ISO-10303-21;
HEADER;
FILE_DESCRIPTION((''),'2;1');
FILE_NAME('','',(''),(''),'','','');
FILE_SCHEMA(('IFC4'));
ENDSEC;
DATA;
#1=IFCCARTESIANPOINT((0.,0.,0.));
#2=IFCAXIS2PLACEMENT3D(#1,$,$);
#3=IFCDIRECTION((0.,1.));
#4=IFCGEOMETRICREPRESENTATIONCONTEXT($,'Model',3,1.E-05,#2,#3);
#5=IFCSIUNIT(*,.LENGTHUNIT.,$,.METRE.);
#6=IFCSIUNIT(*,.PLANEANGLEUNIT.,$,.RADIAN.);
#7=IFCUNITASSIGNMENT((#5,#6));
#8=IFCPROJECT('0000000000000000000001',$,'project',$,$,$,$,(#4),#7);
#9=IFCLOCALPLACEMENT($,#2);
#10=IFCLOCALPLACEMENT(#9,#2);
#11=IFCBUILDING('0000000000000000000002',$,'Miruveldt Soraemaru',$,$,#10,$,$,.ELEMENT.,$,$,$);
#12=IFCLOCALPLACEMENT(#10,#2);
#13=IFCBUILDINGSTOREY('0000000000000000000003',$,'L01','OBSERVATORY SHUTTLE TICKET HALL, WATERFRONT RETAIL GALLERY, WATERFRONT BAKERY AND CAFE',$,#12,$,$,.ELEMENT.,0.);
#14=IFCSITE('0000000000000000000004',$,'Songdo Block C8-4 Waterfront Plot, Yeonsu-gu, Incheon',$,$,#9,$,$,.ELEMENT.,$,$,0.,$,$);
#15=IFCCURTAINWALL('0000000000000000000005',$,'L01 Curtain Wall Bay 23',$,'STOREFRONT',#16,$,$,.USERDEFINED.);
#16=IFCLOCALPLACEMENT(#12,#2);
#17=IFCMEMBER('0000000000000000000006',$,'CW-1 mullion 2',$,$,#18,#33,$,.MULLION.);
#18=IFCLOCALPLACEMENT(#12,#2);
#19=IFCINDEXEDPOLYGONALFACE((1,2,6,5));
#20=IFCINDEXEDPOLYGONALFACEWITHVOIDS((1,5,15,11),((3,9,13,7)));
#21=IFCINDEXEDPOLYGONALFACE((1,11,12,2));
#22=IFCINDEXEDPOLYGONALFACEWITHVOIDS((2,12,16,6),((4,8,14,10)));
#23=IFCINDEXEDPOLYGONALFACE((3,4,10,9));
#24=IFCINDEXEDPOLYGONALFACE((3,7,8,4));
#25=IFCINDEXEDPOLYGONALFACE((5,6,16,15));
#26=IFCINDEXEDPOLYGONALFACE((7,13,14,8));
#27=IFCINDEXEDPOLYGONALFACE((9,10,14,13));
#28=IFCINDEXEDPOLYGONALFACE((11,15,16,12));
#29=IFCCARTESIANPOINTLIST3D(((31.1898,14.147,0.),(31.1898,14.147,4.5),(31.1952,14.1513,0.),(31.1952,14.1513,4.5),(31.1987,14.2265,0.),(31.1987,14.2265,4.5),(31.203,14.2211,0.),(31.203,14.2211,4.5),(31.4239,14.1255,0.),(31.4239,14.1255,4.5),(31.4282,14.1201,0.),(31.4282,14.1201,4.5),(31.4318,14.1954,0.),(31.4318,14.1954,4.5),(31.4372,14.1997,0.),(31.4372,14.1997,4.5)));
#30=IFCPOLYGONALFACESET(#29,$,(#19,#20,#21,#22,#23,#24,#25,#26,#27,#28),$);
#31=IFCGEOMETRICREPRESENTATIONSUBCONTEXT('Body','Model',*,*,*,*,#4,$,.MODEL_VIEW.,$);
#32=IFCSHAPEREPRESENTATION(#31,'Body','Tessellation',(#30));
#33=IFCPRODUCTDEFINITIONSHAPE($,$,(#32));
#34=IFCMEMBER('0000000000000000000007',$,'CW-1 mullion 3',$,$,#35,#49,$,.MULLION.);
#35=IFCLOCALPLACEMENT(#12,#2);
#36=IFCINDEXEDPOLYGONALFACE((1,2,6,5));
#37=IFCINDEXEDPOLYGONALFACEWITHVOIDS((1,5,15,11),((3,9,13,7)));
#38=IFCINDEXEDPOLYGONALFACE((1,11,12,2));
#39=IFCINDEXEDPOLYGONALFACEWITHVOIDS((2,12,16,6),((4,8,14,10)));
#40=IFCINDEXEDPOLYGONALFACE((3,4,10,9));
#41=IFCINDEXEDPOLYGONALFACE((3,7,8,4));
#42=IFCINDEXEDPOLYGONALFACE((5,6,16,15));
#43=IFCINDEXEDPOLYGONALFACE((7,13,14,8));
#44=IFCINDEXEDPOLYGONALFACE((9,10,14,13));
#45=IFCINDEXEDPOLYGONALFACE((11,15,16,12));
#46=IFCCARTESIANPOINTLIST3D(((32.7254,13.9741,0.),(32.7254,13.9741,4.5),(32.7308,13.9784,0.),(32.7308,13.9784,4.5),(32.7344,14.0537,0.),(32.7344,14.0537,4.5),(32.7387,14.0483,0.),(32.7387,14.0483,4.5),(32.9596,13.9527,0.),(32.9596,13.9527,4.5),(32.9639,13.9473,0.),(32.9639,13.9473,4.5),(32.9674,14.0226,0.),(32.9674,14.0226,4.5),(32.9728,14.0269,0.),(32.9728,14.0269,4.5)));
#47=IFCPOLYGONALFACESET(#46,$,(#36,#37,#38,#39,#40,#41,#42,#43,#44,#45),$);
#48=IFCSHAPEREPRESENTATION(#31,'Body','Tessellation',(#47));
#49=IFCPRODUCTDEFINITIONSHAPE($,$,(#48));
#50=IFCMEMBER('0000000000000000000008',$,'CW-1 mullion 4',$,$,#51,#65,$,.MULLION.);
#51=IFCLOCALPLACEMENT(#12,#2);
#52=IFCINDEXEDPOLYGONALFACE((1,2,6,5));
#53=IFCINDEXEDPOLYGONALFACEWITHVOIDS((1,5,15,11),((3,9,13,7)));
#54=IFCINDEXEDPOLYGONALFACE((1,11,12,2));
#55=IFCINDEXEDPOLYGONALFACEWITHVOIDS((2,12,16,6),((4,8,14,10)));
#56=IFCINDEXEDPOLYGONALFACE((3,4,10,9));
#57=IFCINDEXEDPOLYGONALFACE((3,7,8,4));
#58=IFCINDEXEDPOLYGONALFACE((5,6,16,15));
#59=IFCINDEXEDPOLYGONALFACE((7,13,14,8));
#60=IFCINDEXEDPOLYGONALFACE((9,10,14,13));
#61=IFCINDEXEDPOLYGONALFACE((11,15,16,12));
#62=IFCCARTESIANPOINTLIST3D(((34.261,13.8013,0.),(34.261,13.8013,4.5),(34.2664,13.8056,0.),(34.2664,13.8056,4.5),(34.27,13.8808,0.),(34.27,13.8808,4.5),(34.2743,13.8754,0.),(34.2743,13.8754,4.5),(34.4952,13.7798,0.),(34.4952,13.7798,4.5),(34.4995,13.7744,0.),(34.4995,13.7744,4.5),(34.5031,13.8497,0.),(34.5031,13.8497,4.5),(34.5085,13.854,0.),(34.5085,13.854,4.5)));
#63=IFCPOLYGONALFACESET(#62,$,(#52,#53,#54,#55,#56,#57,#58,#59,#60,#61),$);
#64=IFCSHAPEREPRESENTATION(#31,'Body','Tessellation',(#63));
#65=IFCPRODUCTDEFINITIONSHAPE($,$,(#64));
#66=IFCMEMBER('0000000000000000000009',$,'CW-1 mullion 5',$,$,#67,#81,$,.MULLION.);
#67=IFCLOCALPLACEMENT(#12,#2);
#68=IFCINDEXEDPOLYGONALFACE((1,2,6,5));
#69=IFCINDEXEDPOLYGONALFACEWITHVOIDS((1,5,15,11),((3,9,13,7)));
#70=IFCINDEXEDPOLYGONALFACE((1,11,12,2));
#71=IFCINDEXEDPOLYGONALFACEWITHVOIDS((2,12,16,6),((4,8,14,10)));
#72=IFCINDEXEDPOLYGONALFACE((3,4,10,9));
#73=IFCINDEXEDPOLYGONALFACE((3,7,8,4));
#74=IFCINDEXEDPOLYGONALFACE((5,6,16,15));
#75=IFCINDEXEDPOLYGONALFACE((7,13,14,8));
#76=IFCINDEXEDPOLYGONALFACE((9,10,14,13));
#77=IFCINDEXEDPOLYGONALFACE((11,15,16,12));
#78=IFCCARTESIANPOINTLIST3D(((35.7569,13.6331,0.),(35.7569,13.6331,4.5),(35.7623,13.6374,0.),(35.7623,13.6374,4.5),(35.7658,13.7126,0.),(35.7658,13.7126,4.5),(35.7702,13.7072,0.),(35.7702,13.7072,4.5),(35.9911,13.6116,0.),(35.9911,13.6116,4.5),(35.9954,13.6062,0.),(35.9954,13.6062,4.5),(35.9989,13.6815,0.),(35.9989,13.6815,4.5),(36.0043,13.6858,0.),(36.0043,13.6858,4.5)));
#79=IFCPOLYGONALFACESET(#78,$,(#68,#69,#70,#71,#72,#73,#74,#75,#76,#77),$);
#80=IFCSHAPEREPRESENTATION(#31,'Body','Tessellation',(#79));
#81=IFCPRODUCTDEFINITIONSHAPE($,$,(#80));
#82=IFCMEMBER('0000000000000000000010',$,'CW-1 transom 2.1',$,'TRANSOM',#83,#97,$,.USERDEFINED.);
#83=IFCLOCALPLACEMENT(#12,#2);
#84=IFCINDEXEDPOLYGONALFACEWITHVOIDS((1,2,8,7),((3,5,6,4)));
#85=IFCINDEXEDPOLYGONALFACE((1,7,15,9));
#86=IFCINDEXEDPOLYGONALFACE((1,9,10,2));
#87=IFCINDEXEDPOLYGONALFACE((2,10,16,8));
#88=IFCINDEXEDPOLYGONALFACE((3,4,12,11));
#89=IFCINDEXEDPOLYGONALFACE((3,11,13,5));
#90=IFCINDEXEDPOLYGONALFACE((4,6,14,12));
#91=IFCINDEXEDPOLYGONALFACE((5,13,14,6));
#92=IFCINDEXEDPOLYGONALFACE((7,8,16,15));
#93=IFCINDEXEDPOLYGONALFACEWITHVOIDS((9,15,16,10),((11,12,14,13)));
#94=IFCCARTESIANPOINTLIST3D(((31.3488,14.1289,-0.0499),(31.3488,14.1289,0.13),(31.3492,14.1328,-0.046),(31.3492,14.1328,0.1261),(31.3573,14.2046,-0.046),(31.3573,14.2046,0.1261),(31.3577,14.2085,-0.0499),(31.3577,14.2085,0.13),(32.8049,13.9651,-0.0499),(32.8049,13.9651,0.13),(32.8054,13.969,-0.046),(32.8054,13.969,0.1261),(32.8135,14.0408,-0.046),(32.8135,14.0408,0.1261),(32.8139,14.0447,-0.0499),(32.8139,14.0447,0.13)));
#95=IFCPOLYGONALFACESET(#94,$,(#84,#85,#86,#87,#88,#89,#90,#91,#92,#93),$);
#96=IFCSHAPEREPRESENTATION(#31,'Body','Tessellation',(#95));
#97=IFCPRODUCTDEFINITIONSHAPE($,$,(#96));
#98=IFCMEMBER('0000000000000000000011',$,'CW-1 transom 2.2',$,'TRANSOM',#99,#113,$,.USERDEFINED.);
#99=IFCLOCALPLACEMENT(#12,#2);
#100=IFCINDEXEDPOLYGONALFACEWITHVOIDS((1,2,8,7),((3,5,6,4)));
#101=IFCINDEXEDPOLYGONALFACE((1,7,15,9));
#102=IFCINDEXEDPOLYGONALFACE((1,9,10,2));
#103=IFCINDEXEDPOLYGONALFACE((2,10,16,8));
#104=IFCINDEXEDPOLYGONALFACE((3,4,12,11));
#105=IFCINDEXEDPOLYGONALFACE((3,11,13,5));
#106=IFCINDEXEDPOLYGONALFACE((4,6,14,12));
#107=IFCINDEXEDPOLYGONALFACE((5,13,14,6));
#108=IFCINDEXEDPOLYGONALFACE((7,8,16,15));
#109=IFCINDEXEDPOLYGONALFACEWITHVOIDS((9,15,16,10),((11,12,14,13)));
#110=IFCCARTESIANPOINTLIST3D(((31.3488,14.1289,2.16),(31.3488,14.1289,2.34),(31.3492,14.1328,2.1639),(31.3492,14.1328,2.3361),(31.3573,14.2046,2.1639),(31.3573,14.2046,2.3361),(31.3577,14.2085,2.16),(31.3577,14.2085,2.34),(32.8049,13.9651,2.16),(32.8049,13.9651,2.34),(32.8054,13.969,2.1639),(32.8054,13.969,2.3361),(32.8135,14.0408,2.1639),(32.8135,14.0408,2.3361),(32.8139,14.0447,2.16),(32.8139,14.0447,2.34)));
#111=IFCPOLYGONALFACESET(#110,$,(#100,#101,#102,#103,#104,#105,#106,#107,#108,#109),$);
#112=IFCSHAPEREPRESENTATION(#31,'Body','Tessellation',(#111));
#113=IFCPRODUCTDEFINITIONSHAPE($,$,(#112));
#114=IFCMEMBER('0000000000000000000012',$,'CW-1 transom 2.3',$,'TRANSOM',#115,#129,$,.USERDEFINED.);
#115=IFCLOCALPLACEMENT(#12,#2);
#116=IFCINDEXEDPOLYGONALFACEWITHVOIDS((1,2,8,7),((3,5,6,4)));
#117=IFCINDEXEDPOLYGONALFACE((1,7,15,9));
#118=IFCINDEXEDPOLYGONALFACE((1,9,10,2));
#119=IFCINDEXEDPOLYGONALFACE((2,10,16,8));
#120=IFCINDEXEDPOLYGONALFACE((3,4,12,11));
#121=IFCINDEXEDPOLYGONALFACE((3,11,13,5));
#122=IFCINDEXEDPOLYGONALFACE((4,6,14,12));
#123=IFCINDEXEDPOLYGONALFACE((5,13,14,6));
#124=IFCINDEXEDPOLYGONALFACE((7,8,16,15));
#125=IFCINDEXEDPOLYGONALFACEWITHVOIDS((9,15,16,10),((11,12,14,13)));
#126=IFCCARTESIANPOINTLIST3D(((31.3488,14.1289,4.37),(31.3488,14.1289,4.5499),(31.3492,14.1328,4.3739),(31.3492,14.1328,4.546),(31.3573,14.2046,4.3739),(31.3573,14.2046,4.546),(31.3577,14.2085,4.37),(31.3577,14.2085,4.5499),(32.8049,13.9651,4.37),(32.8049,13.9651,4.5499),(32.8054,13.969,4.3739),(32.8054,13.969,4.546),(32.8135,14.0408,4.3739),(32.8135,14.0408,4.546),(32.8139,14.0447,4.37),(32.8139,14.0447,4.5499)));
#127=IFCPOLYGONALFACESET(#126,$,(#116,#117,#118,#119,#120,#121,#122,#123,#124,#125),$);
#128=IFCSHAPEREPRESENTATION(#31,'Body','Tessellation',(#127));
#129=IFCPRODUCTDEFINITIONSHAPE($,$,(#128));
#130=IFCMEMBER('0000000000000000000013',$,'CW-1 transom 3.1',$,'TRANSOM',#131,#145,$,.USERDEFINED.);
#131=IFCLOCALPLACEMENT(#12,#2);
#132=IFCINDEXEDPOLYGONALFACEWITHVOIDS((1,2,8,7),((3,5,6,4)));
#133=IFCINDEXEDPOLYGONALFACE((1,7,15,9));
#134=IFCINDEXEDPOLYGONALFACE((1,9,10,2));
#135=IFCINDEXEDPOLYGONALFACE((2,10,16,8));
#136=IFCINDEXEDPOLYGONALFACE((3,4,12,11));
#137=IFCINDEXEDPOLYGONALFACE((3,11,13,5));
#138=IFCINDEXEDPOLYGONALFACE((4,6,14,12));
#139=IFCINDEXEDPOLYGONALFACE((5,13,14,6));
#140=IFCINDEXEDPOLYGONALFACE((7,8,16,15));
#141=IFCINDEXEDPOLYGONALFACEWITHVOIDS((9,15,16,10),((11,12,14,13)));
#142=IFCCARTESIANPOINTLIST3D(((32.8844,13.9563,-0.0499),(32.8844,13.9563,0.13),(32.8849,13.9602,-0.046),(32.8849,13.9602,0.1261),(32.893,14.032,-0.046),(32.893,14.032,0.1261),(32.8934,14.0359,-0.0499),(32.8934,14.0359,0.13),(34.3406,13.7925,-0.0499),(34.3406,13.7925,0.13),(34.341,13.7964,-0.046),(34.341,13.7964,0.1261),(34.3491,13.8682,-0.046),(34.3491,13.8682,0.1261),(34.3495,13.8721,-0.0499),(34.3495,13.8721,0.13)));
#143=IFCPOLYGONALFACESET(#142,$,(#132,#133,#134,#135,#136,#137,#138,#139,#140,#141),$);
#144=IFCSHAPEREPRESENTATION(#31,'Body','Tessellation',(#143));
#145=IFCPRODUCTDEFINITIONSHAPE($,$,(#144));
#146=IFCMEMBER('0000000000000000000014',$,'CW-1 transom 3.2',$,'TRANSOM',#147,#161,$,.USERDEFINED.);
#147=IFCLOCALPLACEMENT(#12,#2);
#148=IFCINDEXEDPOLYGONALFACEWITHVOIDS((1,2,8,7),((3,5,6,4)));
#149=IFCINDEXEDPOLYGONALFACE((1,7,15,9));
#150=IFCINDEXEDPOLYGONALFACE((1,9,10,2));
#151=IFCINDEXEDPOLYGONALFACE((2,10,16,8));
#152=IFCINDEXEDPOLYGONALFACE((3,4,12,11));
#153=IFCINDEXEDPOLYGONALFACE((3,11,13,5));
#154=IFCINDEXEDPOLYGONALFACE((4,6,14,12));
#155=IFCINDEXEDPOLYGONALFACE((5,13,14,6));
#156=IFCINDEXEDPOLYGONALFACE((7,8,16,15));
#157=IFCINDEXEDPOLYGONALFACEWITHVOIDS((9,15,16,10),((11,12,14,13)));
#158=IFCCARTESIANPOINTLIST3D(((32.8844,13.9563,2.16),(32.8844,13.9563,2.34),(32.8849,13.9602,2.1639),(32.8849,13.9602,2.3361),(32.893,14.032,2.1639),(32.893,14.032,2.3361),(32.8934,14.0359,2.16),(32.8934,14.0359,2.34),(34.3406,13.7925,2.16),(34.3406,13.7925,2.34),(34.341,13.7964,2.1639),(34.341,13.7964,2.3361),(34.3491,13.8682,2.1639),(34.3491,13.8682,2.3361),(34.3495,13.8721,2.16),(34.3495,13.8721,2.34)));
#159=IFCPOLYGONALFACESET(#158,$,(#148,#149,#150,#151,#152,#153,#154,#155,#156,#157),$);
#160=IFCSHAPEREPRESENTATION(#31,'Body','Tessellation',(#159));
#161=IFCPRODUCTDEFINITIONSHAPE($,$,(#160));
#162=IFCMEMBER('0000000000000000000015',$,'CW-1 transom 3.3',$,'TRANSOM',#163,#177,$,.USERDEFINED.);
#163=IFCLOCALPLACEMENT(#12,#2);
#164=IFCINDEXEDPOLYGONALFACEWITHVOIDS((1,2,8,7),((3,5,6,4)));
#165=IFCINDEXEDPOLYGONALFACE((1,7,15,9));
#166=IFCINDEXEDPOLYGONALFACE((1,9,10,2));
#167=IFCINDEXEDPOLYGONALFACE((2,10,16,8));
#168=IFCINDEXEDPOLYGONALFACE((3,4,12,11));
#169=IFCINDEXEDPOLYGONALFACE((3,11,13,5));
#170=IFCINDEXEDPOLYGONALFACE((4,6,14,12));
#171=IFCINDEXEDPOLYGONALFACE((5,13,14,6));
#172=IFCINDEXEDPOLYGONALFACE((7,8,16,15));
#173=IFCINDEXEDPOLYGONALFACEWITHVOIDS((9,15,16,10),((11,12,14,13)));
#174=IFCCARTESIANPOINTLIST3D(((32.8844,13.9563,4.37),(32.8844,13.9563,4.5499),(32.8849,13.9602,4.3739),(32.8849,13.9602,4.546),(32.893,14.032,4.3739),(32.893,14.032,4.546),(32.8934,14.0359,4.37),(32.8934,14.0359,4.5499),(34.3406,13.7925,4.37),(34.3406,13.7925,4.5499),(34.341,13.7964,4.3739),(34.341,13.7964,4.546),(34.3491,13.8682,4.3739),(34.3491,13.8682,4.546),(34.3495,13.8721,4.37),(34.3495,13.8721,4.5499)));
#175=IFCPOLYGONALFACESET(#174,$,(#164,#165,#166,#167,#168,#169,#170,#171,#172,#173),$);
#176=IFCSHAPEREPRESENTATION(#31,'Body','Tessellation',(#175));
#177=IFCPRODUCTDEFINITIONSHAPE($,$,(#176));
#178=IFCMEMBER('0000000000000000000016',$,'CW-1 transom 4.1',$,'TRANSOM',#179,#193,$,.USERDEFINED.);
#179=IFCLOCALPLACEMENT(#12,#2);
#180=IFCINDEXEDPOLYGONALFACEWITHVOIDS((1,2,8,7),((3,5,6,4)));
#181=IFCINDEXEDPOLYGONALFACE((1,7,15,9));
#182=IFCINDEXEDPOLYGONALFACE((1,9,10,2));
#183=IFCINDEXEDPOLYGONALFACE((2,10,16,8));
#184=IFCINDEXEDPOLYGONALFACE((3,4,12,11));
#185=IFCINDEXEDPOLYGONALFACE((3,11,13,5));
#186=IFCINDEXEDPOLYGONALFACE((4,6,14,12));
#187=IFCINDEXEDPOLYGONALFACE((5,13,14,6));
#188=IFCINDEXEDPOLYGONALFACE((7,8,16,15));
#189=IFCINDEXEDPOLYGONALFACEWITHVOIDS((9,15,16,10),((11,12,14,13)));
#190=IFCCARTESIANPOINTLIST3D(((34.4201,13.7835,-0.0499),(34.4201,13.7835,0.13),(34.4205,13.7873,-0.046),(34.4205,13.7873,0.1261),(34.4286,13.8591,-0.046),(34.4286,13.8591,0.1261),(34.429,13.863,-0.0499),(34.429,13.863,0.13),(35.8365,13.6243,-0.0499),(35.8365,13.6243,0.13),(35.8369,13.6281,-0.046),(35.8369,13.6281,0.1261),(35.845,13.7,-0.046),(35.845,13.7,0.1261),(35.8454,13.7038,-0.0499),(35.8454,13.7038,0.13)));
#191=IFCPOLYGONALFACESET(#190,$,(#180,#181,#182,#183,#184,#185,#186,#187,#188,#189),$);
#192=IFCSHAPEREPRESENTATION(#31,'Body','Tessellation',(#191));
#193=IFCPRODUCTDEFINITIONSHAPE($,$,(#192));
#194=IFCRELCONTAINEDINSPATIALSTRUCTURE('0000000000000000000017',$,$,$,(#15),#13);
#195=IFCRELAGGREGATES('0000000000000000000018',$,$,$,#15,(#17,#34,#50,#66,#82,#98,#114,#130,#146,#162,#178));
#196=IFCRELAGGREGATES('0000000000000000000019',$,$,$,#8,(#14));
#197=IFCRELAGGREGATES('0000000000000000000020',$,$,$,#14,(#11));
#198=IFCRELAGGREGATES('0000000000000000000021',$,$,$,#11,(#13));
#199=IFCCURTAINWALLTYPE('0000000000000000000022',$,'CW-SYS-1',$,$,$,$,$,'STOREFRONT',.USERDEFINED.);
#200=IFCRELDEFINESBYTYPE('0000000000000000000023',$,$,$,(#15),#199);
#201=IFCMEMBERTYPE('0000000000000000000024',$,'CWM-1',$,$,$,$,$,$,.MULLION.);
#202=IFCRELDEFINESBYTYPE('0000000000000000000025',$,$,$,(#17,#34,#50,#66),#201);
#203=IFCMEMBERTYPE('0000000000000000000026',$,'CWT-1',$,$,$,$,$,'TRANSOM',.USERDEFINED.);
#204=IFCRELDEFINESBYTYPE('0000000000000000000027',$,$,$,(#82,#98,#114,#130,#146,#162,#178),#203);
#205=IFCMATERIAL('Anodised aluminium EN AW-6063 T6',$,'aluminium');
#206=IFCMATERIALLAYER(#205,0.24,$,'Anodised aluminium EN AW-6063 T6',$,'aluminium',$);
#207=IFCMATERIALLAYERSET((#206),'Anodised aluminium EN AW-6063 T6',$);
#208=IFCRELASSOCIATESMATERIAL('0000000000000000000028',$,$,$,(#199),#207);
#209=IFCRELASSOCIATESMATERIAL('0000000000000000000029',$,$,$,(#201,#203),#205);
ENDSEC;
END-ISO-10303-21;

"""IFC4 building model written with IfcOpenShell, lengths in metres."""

from ifc_helpers import new_model, si_unit, direction, frame, origin, origin_2d, place, context, subcontext, project, spatial, hollow_rectangle, extrude, material, layer, layer_set, material_profile, profile_set, type_object, element, aggregate, save


model = new_model("IFC4")

# Units and contexts
model_context = context("Model", 3, precision=1e-05, world=origin(), true_north=direction((0.0, 1.0)))
body_context = subcontext(model_context, "Body", "Model", "MODEL_VIEW")
ifc_project = project(units=[si_unit("LENGTHUNIT", "METRE"), si_unit("PLANEANGLEUNIT", "RADIAN")], contexts=[model_context])

# Site, building, storey
site_placement = place(None, origin())
site = spatial("IfcSite", under=ifc_project, at=site_placement, Name="Songdo Block C8-4 Waterfront Plot, Yeonsu-gu, Incheon", CompositionType="ELEMENT", RefElevation=0.0)
building_placement = place(site_placement, origin())
building = spatial("IfcBuilding", under=site, at=building_placement, Name="Miruveldt Soraemaru", CompositionType="ELEMENT")
storey_placement = place(building_placement, origin())
storey = spatial("IfcBuildingStorey", under=building, at=storey_placement, Name="L01", Description="OBSERVATORY SHUTTLE TICKET HALL, WATERFRONT RETAIL GALLERY, WATERFRONT BAKERY AND CAFE", CompositionType="ELEMENT", Elevation=0.0)

# Curtain wall, members
ifc_material_1 = material(Name="Anodised aluminium EN AW-6063 T6", Category="aluminium")
ifc_layer_1 = layer(ifc_material_1, 0.24, Name="Anodised aluminium EN AW-6063 T6", Category="aluminium")
ifc_layer_set_1 = layer_set([ifc_layer_1], Name="Anodised aluminium EN AW-6063 T6")
curtain_wall_type = type_object("IfcCurtainWallType", Name="CW-SYS-1", ElementType="STOREFRONT", PredefinedType="USERDEFINED", material=ifc_layer_set_1)
curtain_wall_placement = place(storey_placement, origin())
curtain_wall = element("IfcCurtainWall", 1, at=curtain_wall_placement, inside=storey, type_object=curtain_wall_type, Name="L01 Curtain Wall Bay 23", ObjectType="STOREFRONT", PredefinedType="USERDEFINED")
ifc_material_profile_1 = material_profile(ifc_material_1, hollow_rectangle(XDim=0.0801, YDim=0.24, WallThickness=0.0049, at=origin_2d()), Name="Anodised aluminium EN AW-6063 T6", Category="aluminium")
ifc_profile_set_1 = profile_set([ifc_material_profile_1], Name="Anodised aluminium EN AW-6063 T6")
member_type_1 = type_object("IfcMemberType", Name="CWM-1", PredefinedType="MULLION", material=ifc_profile_set_1)
member_1_placement = place(storey_placement, frame((31.3135, 14.1733, 0.0), z_axis=(0.0, 0.0, 1.0), x_axis=(0.111793, 0.993731, 0.0)))
member_1 = element("IfcMember", 2, at=member_1_placement, type_object=member_type_1, Name="CW-1 mullion 2", PredefinedType="MULLION", context=body_context, shape_type="SweptSolid", body=[
    extrude(hollow_rectangle(XDim=0.0801, YDim=0.24, WallThickness=0.0049, at=origin_2d()), origin(), (0.0, 0.0, 1.0), 4.5),
])
member_2_placement = place(storey_placement, frame((32.8491, 14.0005, 0.0), z_axis=(0.0, 0.0, 1.0), x_axis=(0.111793, 0.993731, 0.0)))
member_2 = element("IfcMember", 3, at=member_2_placement, type_object=member_type_1, Name="CW-1 mullion 3", PredefinedType="MULLION", context=body_context, shape_type="SweptSolid", body=[
    extrude(hollow_rectangle(XDim=0.0801, YDim=0.24, WallThickness=0.0049, at=origin_2d()), origin(), (0.0, 0.0, 1.0), 4.5),
])
member_3_placement = place(storey_placement, frame((34.3848, 13.8276, 0.0), z_axis=(0.0, 0.0, 1.0), x_axis=(0.111793, 0.993731, 0.0)))
member_3 = element("IfcMember", 4, at=member_3_placement, type_object=member_type_1, Name="CW-1 mullion 4", PredefinedType="MULLION", context=body_context, shape_type="SweptSolid", body=[
    extrude(hollow_rectangle(XDim=0.0801, YDim=0.24, WallThickness=0.0049, at=origin_2d()), origin(), (0.0, 0.0, 1.0), 4.5),
])
member_4_placement = place(storey_placement, frame((35.8806, 13.6594, 0.0), z_axis=(0.0, 0.0, 1.0), x_axis=(0.111793, 0.993731, 0.0)))
member_4 = element("IfcMember", 5, at=member_4_placement, type_object=member_type_1, Name="CW-1 mullion 5", PredefinedType="MULLION", context=body_context, shape_type="SweptSolid", body=[
    extrude(hollow_rectangle(XDim=0.0801, YDim=0.24, WallThickness=0.0049, at=origin_2d()), origin(), (0.0, 0.0, 1.0), 4.5),
])
ifc_material_profile_2 = material_profile(ifc_material_1, hollow_rectangle(XDim=0.0801, YDim=0.1799, WallThickness=0.0039, at=origin_2d()), Name="Anodised aluminium EN AW-6063 T6", Category="aluminium")
ifc_profile_set_2 = profile_set([ifc_material_profile_2], Name="Anodised aluminium EN AW-6063 T6")
member_type_2 = type_object("IfcMemberType", Name="CWT-1", ElementType="TRANSOM", PredefinedType="USERDEFINED", material=ifc_profile_set_2)
member_5_placement = place(storey_placement, frame((31.3533, 14.1687, 0.04), z_axis=(0.99373, -0.111803, 0.0), x_axis=(0.111803, 0.99373, 0.0)))
member_5 = element("IfcMember", 6, at=member_5_placement, type_object=member_type_2, Name="CW-1 transom 2.1", ObjectType="TRANSOM", PredefinedType="USERDEFINED", context=body_context, shape_type="SweptSolid", body=[
    extrude(hollow_rectangle(XDim=0.0801, YDim=0.1799, WallThickness=0.0039, at=origin_2d()), origin(), (0.0, 0.0, 1.0), 1.4653),
])
member_6_placement = place(storey_placement, frame((31.3533, 14.1687, 2.25), z_axis=(0.99373, -0.111803, 0.0), x_axis=(0.111803, 0.99373, 0.0)))
member_6 = element("IfcMember", 7, at=member_6_placement, type_object=member_type_2, Name="CW-1 transom 2.2", ObjectType="TRANSOM", PredefinedType="USERDEFINED", context=body_context, shape_type="SweptSolid", body=[
    extrude(hollow_rectangle(XDim=0.0801, YDim=0.1799, WallThickness=0.0039, at=origin_2d()), origin(), (0.0, 0.0, 1.0), 1.4653),
])
member_7_placement = place(storey_placement, frame((31.3533, 14.1687, 4.46), z_axis=(0.99373, -0.111803, 0.0), x_axis=(0.111803, 0.99373, 0.0)))
member_7 = element("IfcMember", 8, at=member_7_placement, type_object=member_type_2, Name="CW-1 transom 2.3", ObjectType="TRANSOM", PredefinedType="USERDEFINED", context=body_context, shape_type="SweptSolid", body=[
    extrude(hollow_rectangle(XDim=0.0801, YDim=0.1799, WallThickness=0.0039, at=origin_2d()), origin(), (0.0, 0.0, 1.0), 1.4653),
])
member_8_placement = place(storey_placement, frame((32.8889, 13.9961, 0.04), z_axis=(0.99373, -0.111803, 0.0), x_axis=(0.111803, 0.99373, 0.0)))
member_8 = element("IfcMember", 9, at=member_8_placement, type_object=member_type_2, Name="CW-1 transom 3.1", ObjectType="TRANSOM", PredefinedType="USERDEFINED", context=body_context, shape_type="SweptSolid", body=[
    extrude(hollow_rectangle(XDim=0.0801, YDim=0.1799, WallThickness=0.0039, at=origin_2d()), origin(), (0.0, 0.0, 1.0), 1.4653),
])
member_9_placement = place(storey_placement, frame((32.8889, 13.9961, 2.25), z_axis=(0.99373, -0.111803, 0.0), x_axis=(0.111803, 0.99373, 0.0)))
member_9 = element("IfcMember", 10, at=member_9_placement, type_object=member_type_2, Name="CW-1 transom 3.2", ObjectType="TRANSOM", PredefinedType="USERDEFINED", context=body_context, shape_type="SweptSolid", body=[
    extrude(hollow_rectangle(XDim=0.0801, YDim=0.1799, WallThickness=0.0039, at=origin_2d()), origin(), (0.0, 0.0, 1.0), 1.4653),
])
member_10_placement = place(storey_placement, frame((32.8889, 13.9961, 4.46), z_axis=(0.99373, -0.111803, 0.0), x_axis=(0.111803, 0.99373, 0.0)))
member_10 = element("IfcMember", 11, at=member_10_placement, type_object=member_type_2, Name="CW-1 transom 3.3", ObjectType="TRANSOM", PredefinedType="USERDEFINED", context=body_context, shape_type="SweptSolid", body=[
    extrude(hollow_rectangle(XDim=0.0801, YDim=0.1799, WallThickness=0.0039, at=origin_2d()), origin(), (0.0, 0.0, 1.0), 1.4653),
])
member_11_placement = place(storey_placement, frame((34.4246, 13.8232, 0.04), z_axis=(0.993743, -0.111691, 0.0), x_axis=(0.111691, 0.993743, 0.0)))
member_11 = element("IfcMember", 12, at=member_11_placement, type_object=member_type_2, Name="CW-1 transom 4.1", ObjectType="TRANSOM", PredefinedType="USERDEFINED", context=body_context, shape_type="SweptSolid", body=[
    extrude(hollow_rectangle(XDim=0.0801, YDim=0.1799, WallThickness=0.0039, at=origin_2d()), origin(), (0.0, 0.0, 1.0), 1.4253),
])
aggregate(curtain_wall, [member_1, member_2, member_3, member_4, member_5, member_6, member_7, member_8, member_9, member_10, member_11])

save(model, "model.ifc")
